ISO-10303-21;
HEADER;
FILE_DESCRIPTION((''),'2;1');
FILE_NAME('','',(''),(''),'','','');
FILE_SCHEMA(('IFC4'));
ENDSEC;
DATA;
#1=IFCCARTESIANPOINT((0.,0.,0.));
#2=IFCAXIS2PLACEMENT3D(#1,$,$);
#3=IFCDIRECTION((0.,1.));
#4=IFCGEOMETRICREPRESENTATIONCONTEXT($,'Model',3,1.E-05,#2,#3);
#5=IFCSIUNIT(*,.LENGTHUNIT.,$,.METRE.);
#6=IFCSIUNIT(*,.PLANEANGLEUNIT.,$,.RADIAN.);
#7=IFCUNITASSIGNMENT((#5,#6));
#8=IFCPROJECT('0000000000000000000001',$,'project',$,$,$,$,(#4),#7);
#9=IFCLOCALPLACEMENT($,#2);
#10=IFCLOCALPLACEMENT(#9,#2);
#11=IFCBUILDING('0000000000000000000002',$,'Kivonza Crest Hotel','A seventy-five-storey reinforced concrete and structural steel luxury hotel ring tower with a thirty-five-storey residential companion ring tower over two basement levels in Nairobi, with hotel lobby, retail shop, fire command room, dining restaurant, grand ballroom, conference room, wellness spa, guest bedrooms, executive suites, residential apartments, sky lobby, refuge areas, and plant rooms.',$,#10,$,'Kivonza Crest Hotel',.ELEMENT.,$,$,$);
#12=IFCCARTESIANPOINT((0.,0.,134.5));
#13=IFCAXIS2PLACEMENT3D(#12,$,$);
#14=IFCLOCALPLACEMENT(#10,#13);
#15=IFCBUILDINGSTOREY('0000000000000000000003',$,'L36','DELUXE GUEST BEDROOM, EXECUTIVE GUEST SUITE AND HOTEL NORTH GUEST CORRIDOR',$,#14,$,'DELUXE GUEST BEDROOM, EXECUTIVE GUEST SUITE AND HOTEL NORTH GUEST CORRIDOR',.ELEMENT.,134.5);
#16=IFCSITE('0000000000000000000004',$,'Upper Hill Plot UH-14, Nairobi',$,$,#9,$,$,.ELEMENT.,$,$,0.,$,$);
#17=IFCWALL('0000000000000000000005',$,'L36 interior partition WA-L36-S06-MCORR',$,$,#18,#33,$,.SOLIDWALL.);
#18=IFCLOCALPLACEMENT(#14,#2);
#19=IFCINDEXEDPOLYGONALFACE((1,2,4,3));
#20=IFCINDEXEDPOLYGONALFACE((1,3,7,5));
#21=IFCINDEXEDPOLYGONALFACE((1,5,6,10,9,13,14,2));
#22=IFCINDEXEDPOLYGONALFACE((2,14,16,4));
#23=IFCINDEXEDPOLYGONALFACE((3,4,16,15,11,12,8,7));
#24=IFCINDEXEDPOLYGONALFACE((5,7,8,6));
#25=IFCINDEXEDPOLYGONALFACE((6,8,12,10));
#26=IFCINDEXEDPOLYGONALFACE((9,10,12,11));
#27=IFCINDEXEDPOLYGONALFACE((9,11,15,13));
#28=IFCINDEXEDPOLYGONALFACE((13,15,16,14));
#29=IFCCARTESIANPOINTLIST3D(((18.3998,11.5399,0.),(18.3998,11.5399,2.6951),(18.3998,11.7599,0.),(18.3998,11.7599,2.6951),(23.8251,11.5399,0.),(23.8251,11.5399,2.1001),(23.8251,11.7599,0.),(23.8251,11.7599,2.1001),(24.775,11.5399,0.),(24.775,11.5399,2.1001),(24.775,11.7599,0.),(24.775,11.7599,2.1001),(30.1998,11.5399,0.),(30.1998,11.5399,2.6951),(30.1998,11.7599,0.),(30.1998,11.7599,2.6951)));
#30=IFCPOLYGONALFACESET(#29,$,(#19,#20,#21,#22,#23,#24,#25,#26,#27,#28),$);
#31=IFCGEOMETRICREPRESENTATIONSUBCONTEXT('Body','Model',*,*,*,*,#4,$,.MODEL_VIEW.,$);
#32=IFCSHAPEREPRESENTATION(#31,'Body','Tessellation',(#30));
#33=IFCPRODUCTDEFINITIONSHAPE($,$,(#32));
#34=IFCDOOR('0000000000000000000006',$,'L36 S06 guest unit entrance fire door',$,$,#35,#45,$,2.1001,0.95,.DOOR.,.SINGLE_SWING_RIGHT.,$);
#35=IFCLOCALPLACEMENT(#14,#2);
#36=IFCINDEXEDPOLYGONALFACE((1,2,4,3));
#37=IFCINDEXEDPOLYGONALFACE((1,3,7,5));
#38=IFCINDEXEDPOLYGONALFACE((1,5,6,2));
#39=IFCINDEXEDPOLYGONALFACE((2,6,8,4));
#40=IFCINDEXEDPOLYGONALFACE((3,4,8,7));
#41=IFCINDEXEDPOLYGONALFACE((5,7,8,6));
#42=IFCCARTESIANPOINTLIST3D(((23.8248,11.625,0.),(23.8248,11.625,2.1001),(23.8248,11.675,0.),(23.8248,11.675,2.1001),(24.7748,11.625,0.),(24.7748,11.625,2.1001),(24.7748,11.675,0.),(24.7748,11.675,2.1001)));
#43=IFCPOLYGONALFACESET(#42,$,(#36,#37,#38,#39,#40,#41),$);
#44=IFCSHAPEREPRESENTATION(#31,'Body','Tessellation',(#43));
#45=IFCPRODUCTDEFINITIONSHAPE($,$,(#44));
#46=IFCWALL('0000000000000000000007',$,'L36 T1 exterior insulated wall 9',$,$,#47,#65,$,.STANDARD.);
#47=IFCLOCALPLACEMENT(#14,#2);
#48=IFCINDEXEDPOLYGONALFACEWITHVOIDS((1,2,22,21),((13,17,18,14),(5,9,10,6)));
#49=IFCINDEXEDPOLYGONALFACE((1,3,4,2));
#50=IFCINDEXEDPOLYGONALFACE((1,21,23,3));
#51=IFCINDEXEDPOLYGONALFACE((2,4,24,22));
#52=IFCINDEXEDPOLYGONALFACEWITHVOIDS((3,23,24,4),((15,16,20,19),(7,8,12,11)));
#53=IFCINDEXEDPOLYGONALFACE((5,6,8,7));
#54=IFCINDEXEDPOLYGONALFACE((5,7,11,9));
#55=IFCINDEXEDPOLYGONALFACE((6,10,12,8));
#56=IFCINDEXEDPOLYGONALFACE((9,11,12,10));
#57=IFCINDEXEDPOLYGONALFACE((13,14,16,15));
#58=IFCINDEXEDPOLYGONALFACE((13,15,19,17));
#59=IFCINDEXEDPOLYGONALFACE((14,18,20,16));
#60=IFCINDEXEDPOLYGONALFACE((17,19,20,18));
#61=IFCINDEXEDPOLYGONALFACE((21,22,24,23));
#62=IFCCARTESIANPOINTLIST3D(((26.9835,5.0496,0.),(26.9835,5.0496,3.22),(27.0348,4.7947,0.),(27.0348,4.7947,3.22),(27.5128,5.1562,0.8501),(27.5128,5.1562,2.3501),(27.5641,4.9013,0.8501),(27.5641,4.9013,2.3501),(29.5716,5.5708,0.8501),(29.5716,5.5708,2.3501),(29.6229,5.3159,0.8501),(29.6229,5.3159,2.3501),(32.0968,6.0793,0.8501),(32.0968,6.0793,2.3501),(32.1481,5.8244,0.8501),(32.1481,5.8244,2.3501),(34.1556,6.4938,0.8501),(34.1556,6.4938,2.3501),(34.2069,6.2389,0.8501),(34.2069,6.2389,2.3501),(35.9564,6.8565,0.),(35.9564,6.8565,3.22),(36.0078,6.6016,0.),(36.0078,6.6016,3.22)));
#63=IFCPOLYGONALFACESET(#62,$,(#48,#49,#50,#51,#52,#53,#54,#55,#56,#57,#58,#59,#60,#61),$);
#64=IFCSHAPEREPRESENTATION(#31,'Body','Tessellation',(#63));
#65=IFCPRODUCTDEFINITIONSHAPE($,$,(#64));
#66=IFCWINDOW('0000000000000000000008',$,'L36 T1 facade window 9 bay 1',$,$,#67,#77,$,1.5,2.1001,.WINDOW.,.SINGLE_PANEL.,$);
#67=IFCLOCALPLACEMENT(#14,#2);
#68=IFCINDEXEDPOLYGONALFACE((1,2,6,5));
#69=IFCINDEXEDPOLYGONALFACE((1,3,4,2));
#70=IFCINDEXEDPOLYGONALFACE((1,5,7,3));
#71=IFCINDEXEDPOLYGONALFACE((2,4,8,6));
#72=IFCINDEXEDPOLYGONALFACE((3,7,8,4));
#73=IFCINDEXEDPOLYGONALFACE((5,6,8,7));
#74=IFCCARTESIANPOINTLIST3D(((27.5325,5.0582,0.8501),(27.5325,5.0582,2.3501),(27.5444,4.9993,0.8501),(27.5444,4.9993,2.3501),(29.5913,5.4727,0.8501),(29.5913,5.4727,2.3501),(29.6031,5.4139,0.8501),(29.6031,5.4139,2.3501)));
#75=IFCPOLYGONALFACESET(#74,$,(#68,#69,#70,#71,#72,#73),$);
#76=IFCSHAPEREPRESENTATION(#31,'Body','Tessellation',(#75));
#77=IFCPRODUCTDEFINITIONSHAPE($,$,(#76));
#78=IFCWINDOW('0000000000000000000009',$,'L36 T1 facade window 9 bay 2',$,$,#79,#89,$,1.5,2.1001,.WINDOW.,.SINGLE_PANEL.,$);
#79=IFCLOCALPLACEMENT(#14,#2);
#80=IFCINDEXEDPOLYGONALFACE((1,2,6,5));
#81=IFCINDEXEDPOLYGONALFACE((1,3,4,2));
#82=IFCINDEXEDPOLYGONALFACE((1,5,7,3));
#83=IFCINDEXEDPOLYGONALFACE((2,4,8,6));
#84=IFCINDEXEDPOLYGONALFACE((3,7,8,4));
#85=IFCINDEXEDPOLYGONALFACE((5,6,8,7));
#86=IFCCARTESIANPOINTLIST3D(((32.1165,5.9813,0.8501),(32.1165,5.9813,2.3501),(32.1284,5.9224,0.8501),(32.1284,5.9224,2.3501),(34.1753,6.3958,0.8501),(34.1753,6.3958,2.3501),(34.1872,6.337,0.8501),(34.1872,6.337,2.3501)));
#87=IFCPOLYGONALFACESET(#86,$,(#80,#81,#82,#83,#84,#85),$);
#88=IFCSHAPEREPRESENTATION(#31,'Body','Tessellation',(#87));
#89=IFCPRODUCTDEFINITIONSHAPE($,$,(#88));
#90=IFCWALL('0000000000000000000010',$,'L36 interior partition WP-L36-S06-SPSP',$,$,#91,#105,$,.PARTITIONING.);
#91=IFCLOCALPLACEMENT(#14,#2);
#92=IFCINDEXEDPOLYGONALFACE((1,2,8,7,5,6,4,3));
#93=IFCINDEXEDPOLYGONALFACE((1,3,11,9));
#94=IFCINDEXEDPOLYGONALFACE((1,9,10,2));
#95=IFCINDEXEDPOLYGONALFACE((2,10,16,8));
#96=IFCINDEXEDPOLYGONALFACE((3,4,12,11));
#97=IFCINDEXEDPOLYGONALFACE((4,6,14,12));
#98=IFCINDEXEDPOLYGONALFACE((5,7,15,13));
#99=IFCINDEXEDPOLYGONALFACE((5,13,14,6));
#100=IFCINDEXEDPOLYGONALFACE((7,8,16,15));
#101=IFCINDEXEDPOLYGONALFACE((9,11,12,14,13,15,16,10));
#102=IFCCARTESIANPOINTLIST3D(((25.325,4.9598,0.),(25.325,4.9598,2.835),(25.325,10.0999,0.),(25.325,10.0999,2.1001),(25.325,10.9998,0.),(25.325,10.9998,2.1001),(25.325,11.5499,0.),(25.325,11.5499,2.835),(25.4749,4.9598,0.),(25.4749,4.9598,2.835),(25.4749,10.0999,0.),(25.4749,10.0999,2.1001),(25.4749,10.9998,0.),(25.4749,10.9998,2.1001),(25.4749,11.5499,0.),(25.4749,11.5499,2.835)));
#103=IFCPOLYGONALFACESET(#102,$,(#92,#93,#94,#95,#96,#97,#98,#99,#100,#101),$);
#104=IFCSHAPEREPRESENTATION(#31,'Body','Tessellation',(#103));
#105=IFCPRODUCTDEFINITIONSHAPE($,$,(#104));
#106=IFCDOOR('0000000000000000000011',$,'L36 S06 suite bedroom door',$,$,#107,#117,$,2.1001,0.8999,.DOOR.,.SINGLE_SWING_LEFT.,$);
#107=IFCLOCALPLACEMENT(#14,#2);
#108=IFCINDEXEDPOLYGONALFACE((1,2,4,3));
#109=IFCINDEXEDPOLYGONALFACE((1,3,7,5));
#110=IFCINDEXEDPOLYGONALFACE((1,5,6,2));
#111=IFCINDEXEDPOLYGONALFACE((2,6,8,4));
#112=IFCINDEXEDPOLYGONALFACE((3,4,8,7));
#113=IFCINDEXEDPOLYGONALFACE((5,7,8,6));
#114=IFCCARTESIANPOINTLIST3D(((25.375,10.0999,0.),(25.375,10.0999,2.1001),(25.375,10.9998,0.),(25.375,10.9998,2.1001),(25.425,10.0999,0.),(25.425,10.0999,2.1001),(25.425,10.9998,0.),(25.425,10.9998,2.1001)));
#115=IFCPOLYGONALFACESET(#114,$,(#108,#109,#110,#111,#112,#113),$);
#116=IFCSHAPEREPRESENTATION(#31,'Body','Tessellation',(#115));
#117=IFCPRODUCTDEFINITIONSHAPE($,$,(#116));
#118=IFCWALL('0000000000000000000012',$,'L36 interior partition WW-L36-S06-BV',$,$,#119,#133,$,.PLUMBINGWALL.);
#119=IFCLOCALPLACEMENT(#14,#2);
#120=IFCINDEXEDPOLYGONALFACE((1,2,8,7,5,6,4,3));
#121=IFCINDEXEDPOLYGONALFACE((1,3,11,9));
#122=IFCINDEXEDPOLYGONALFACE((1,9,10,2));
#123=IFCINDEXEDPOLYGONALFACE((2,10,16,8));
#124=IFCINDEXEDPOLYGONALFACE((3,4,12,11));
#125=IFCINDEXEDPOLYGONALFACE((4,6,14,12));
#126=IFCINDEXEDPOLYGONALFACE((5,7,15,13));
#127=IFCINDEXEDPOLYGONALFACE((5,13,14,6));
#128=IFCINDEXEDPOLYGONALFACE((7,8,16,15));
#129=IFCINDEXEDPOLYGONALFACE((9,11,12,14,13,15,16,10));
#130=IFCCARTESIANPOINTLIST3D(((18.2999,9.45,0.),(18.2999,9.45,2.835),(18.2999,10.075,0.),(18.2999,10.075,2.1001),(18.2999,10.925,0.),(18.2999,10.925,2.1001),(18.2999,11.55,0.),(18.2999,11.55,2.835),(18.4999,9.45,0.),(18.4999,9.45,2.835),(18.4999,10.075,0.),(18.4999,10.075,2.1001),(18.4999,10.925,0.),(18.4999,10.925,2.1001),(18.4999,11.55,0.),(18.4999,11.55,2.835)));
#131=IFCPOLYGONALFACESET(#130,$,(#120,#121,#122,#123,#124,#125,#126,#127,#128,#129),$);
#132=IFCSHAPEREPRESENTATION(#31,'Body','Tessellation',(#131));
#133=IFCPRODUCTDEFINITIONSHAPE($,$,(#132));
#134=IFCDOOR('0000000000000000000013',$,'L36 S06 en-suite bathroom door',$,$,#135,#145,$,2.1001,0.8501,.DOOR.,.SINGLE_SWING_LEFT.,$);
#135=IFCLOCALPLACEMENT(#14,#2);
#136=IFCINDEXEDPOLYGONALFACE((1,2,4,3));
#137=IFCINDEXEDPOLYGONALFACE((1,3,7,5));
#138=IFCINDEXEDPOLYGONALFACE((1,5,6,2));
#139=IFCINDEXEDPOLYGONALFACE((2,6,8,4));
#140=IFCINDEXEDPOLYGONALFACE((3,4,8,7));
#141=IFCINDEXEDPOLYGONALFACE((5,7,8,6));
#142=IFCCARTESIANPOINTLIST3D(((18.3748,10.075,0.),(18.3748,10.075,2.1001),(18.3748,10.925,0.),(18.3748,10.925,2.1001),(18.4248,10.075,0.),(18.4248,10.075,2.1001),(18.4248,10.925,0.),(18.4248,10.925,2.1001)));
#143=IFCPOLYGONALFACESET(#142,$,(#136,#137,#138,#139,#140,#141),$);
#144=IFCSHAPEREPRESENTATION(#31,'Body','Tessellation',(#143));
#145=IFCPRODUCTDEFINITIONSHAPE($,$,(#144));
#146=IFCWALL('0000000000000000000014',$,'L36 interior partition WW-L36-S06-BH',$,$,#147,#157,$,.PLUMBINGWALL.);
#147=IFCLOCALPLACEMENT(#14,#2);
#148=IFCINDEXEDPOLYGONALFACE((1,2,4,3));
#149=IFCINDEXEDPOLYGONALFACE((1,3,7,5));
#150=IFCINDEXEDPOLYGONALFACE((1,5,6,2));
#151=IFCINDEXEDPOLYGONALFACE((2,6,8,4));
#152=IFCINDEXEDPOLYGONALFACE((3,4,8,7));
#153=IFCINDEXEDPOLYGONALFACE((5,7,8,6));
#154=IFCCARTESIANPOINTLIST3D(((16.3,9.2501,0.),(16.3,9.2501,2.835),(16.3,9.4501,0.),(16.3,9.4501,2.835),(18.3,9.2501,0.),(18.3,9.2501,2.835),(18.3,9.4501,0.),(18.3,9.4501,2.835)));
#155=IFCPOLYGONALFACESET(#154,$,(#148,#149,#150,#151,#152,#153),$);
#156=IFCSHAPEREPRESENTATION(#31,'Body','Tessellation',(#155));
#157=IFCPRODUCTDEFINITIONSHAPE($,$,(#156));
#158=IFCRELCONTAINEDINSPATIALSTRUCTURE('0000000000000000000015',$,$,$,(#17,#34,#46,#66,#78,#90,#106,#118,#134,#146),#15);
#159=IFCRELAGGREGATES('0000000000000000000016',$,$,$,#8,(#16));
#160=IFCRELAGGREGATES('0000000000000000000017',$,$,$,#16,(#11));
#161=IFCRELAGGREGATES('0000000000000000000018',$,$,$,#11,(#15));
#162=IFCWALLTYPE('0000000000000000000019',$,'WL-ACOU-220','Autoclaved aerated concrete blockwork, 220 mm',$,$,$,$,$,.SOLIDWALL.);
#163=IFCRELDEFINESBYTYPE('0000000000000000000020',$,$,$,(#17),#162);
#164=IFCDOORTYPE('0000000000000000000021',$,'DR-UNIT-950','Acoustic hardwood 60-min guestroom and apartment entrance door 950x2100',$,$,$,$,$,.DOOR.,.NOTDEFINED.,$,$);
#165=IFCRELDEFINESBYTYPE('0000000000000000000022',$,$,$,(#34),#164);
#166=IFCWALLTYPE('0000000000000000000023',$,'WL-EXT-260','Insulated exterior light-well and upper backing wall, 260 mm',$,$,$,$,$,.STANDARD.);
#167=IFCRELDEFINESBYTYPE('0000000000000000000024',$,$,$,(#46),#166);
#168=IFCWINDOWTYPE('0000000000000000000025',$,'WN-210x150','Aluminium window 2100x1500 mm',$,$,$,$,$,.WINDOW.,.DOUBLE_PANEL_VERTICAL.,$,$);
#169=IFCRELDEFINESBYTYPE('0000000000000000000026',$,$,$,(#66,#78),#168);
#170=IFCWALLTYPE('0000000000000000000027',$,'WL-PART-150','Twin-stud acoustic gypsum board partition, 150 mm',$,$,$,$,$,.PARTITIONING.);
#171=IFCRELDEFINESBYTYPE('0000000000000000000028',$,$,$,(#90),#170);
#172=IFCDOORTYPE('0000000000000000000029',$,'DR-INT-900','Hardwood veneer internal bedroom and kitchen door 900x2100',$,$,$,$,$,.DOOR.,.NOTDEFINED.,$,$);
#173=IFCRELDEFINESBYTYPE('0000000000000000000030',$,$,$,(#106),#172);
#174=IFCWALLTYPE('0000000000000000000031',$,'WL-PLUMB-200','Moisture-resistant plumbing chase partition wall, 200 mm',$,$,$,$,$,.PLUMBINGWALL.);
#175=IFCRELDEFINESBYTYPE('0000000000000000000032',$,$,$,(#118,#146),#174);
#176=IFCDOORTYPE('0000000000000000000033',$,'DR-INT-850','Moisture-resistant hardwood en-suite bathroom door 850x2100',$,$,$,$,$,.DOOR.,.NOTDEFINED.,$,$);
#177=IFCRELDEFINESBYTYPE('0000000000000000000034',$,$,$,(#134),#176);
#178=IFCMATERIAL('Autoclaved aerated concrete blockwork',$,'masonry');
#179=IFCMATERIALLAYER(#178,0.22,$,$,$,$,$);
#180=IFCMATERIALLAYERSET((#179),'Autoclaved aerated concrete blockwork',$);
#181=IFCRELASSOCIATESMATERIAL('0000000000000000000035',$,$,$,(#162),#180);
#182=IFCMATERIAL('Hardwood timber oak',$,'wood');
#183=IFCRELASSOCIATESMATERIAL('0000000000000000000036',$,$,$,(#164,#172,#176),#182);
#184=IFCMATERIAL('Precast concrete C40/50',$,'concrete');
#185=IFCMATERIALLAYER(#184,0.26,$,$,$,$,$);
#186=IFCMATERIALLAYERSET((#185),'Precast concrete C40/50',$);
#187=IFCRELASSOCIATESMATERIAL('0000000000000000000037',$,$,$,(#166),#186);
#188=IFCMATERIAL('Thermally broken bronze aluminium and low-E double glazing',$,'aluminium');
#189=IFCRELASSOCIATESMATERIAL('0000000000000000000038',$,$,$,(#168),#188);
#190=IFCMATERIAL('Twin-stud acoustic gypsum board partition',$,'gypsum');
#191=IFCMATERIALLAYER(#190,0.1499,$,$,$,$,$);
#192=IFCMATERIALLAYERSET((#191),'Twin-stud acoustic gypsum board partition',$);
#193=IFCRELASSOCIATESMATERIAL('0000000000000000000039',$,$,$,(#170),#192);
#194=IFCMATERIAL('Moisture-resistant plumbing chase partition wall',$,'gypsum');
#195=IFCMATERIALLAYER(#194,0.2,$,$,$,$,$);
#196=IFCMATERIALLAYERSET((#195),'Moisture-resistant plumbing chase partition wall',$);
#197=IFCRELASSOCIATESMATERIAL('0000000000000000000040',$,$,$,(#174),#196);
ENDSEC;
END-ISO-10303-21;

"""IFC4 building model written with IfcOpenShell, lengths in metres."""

from ifc_helpers import new_model, si_unit, direction, frame, frame_2d, origin, place, context, subcontext, project, spatial, rectangle, extrude, material, layer, layer_set, type_object, element, fill, save


model = new_model("IFC4")

# Units and contexts
model_context = context("Model", 3, precision=1e-05, world=origin(), true_north=direction((0.0, 1.0)))
body_context = subcontext(model_context, "Body", "Model", "MODEL_VIEW")
ifc_project = project(units=[si_unit("LENGTHUNIT", "METRE"), si_unit("PLANEANGLEUNIT", "RADIAN")], contexts=[model_context])

# Site, building, storey
site_placement = place(None, origin())
site = spatial("IfcSite", under=ifc_project, at=site_placement, Name="Upper Hill Plot UH-14, Nairobi", CompositionType="ELEMENT", RefElevation=0.0)
building_placement = place(site_placement, origin())
building = spatial("IfcBuilding", under=site, at=building_placement, Name="Kivonza Crest Hotel", Description="A seventy-five-storey reinforced concrete and structural steel luxury hotel ring tower with a thirty-five-storey residential companion ring tower over two basement levels in Nairobi, with hotel lobby, retail shop, fire command room, dining restaurant, grand ballroom, conference room, wellness spa, guest bedrooms, executive suites, residential apartments, sky lobby, refuge areas, and plant rooms.", LongName="Kivonza Crest Hotel", CompositionType="ELEMENT")
storey_placement = place(building_placement, frame((0.0, 0.0, 134.5)))
storey = spatial("IfcBuildingStorey", under=building, at=storey_placement, Name="L36", Description="DELUXE GUEST BEDROOM, EXECUTIVE GUEST SUITE AND HOTEL NORTH GUEST CORRIDOR", LongName="DELUXE GUEST BEDROOM, EXECUTIVE GUEST SUITE AND HOTEL NORTH GUEST CORRIDOR", CompositionType="ELEMENT", Elevation=134.5)

# Shared definitions
ifc_material_1 = material(Name="Autoclaved aerated concrete blockwork", Category="masonry")
ifc_layer_1 = layer(ifc_material_1, 0.22)
ifc_layer_set_1 = layer_set([ifc_layer_1], Name="Autoclaved aerated concrete blockwork")
wall_type_1 = type_object("IfcWallType", Name="WL-ACOU-220", Description="Autoclaved aerated concrete blockwork, 220 mm", PredefinedType="SOLIDWALL", material=ifc_layer_set_1)

# Wall, opening, door
wall_1_placement = place(storey_placement, frame((18.3999, 11.6499, 0.0), z_axis=(0.0, 0.0, 1.0), x_axis=(1.0, 0.0, 0.0)))
wall_1 = element("IfcWall", 1, at=wall_1_placement, inside=storey, type_object=wall_type_1, Name="L36 interior partition WA-L36-S06-MCORR", PredefinedType="SOLIDWALL", context=body_context, shape_type="SweptSolid", body=[
    extrude(rectangle(XDim=11.8, YDim=0.22, at=frame_2d((5.8999, 0.0))), origin(), (0.0, 0.0, 1.0), 2.6951),
])
opening_1_placement = place(wall_1_placement, frame((5.425, 0.0, 0.0)))
opening_1 = element("IfcOpeningElement", 2, at=opening_1_placement, cuts=wall_1, PredefinedType="OPENING", context=body_context, shape_type="SweptSolid", body=[
    extrude(rectangle(XDim=0.95, YDim=2.1001, at=frame_2d((0.4751, 1.05))), frame((0.0, 0.1201, 0.0), z_axis=(0.0, -1.0, 0.0), x_axis=(1.0, 0.0, 0.0)), (0.0, 0.0, 1.0), 0.24),
])
ifc_material_2 = material(Name="Hardwood timber oak", Category="wood")
door_type_1 = type_object("IfcDoorType", Name="DR-UNIT-950", Description="Acoustic hardwood 60-min guestroom and apartment entrance door 950x2100", OperationType="NOTDEFINED", PredefinedType="DOOR", material=ifc_material_2)
door_1_placement = place(opening_1_placement, frame((0.95, 0.0, 0.0), z_axis=(0.0, 0.0, 1.0), x_axis=(-1.0, 0.0, 0.0)))
door_1 = element("IfcDoor", 3, at=door_1_placement, inside=storey, type_object=door_type_1, Name="L36 S06 guest unit entrance fire door", OperationType="SINGLE_SWING_RIGHT", OverallHeight=2.1001, OverallWidth=0.95, PredefinedType="DOOR", context=body_context, shape_type="SweptSolid", body=[
    extrude(rectangle(XDim=0.95, YDim=2.1001, at=frame_2d((0.4751, 1.05))), frame((0.0, 0.0249, 0.0), z_axis=(0.0, -1.0, 0.0), x_axis=(1.0, 0.0, 0.0)), (0.0, 0.0, 1.0), 0.05),
])
fill(opening_1, door_1)

# Wall, openings, windows
ifc_material_3 = material(Name="Precast concrete C40/50", Category="concrete")
ifc_layer_2 = layer(ifc_material_3, 0.26)
ifc_layer_set_2 = layer_set([ifc_layer_2], Name="Precast concrete C40/50")
wall_type_2 = type_object("IfcWallType", Name="WL-EXT-260", Description="Insulated exterior light-well and upper backing wall, 260 mm", PredefinedType="STANDARD", material=ifc_layer_set_2)
wall_2_placement = place(storey_placement, frame((27.009, 4.9221, 0.0), z_axis=(0.0, 0.0, 1.0), x_axis=(0.980321, 0.197409, 0.0)))
wall_2 = element("IfcWall", 4, at=wall_2_placement, inside=storey, type_object=wall_type_2, Name="L36 T1 exterior insulated wall 9", PredefinedType="STANDARD", context=body_context, shape_type="SweptSolid", body=[
    extrude(rectangle(XDim=9.1531, YDim=0.26, at=frame_2d((4.5767, 0.0))), origin(), (0.0, 0.0, 1.0), 3.22),
])
opening_2_placement = place(wall_2_placement, frame((0.54, 0.0, 0.8501)))
opening_2 = element("IfcOpeningElement", 5, at=opening_2_placement, cuts=wall_2, PredefinedType="OPENING", context=body_context, shape_type="SweptSolid", body=[
    extrude(rectangle(XDim=2.1001, YDim=1.5, at=frame_2d((1.05, 0.75))), frame((0.0, 0.1401, 0.0), z_axis=(0.0, -1.0, 0.0), x_axis=(1.0, 0.0, 0.0)), (0.0, 0.0, 1.0), 0.28),
])
opening_3_placement = place(wall_2_placement, frame((5.2161, 0.0, 0.8501)))
opening_3 = element("IfcOpeningElement", 6, at=opening_3_placement, cuts=wall_2, PredefinedType="OPENING", context=body_context, shape_type="SweptSolid", body=[
    extrude(rectangle(XDim=2.1001, YDim=1.5, at=frame_2d((1.05, 0.75))), frame((0.0, 0.1401, 0.0), z_axis=(0.0, -1.0, 0.0), x_axis=(1.0, 0.0, 0.0)), (0.0, 0.0, 1.0), 0.28),
])
ifc_material_4 = material(Name="Thermally broken bronze aluminium and low-E double glazing", Category="aluminium")
window_type = type_object("IfcWindowType", Name="WN-210x150", Description="Aluminium window 2100x1500 mm", PartitioningType="DOUBLE_PANEL_VERTICAL", PredefinedType="WINDOW", material=ifc_material_4)
window_1_placement = place(opening_2_placement, origin())
window_1 = element("IfcWindow", 7, at=window_1_placement, inside=storey, type_object=window_type, Name="L36 T1 facade window 9 bay 1", OverallHeight=1.5, OverallWidth=2.1001, PartitioningType="SINGLE_PANEL", PredefinedType="WINDOW", context=body_context, shape_type="SweptSolid", body=[
    extrude(rectangle(XDim=2.1001, YDim=1.5, at=frame_2d((1.05, 0.75))), frame((0.0, 0.03, 0.0), z_axis=(0.0, -1.0, 0.0), x_axis=(1.0, 0.0, 0.0)), (0.0, 0.0, 1.0), 0.0601),
])
fill(opening_2, window_1)
window_2_placement = place(opening_3_placement, origin())
window_2 = element("IfcWindow", 8, at=window_2_placement, inside=storey, type_object=window_type, Name="L36 T1 facade window 9 bay 2", OverallHeight=1.5, OverallWidth=2.1001, PartitioningType="SINGLE_PANEL", PredefinedType="WINDOW", context=body_context, shape_type="SweptSolid", body=[
    extrude(rectangle(XDim=2.1001, YDim=1.5, at=frame_2d((1.05, 0.75))), frame((0.0, 0.03, 0.0), z_axis=(0.0, -1.0, 0.0), x_axis=(1.0, 0.0, 0.0)), (0.0, 0.0, 1.0), 0.0601),
])
fill(opening_3, window_2)

# Walls, openings, doors
ifc_material_5 = material(Name="Twin-stud acoustic gypsum board partition", Category="gypsum")
ifc_layer_3 = layer(ifc_material_5, 0.1499)
ifc_layer_set_3 = layer_set([ifc_layer_3], Name="Twin-stud acoustic gypsum board partition")
wall_type_3 = type_object("IfcWallType", Name="WL-PART-150", Description="Twin-stud acoustic gypsum board partition, 150 mm", PredefinedType="PARTITIONING", material=ifc_layer_set_3)
wall_3_placement = place(storey_placement, frame((25.3999, 4.96, 0.0), z_axis=(0.0, 0.0, 1.0), x_axis=(0.0, 1.0, 0.0)))
wall_3 = element("IfcWall", 9, at=wall_3_placement, inside=storey, type_object=wall_type_3, Name="L36 interior partition WP-L36-S06-SPSP", PredefinedType="PARTITIONING", context=body_context, shape_type="SweptSolid", body=[
    extrude(rectangle(XDim=6.5901, YDim=0.1499, at=frame_2d((3.2949, 0.0))), origin(), (0.0, 0.0, 1.0), 2.835),
])
opening_4_placement = place(wall_3_placement, frame((5.1399, 0.0, 0.0)))
opening_4 = element("IfcOpeningElement", 10, at=opening_4_placement, cuts=wall_3, PredefinedType="OPENING", context=body_context, shape_type="SweptSolid", body=[
    extrude(rectangle(XDim=0.8999, YDim=2.1001, at=frame_2d((0.45, 1.05))), frame((0.0, 0.085, 0.0), z_axis=(0.0, -1.0, 0.0), x_axis=(1.0, 0.0, 0.0)), (0.0, 0.0, 1.0), 0.1699),
])
door_type_2 = type_object("IfcDoorType", Name="DR-INT-900", Description="Hardwood veneer internal bedroom and kitchen door 900x2100", OperationType="NOTDEFINED", PredefinedType="DOOR", material=ifc_material_2)
door_2_placement = place(opening_4_placement, origin())
door_2 = element("IfcDoor", 11, at=door_2_placement, inside=storey, type_object=door_type_2, Name="L36 S06 suite bedroom door", OperationType="SINGLE_SWING_LEFT", OverallHeight=2.1001, OverallWidth=0.8999, PredefinedType="DOOR", context=body_context, shape_type="SweptSolid", body=[
    extrude(rectangle(XDim=0.8999, YDim=2.1001, at=frame_2d((0.45, 1.05))), frame((0.0, 0.0249, 0.0), z_axis=(0.0, -1.0, 0.0), x_axis=(1.0, 0.0, 0.0)), (0.0, 0.0, 1.0), 0.05),
])
fill(opening_4, door_2)
ifc_material_6 = material(Name="Moisture-resistant plumbing chase partition wall", Category="gypsum")
ifc_layer_4 = layer(ifc_material_6, 0.2)
ifc_layer_set_4 = layer_set([ifc_layer_4], Name="Moisture-resistant plumbing chase partition wall")
wall_type_4 = type_object("IfcWallType", Name="WL-PLUMB-200", Description="Moisture-resistant plumbing chase partition wall, 200 mm", PredefinedType="PLUMBINGWALL", material=ifc_layer_set_4)
wall_4_placement = place(storey_placement, frame((18.3999, 9.45, 0.0), z_axis=(0.0, 0.0, 1.0), x_axis=(0.0, 1.0, 0.0)))
wall_4 = element("IfcWall", 12, at=wall_4_placement, inside=storey, type_object=wall_type_4, Name="L36 interior partition WW-L36-S06-BV", PredefinedType="PLUMBINGWALL", context=body_context, shape_type="SweptSolid", body=[
    extrude(rectangle(XDim=2.1001, YDim=0.2, at=frame_2d((1.05, 0.0))), origin(), (0.0, 0.0, 1.0), 2.835),
])
opening_5_placement = place(wall_4_placement, frame((0.625, 0.0, 0.0)))
opening_5 = element("IfcOpeningElement", 13, at=opening_5_placement, cuts=wall_4, PredefinedType="OPENING", context=body_context, shape_type="SweptSolid", body=[
    extrude(rectangle(XDim=0.8501, YDim=2.1001, at=frame_2d((0.425, 1.05))), frame((0.0, 0.1099, 0.0), z_axis=(0.0, -1.0, 0.0), x_axis=(1.0, 0.0, 0.0)), (0.0, 0.0, 1.0), 0.22),
])
door_type_3 = type_object("IfcDoorType", Name="DR-INT-850", Description="Moisture-resistant hardwood en-suite bathroom door 850x2100", OperationType="NOTDEFINED", PredefinedType="DOOR", material=ifc_material_2)
door_3_placement = place(opening_5_placement, frame((0.8501, 0.0, 0.0), z_axis=(0.0, 0.0, 1.0), x_axis=(-1.0, 0.0, 0.0)))
door_3 = element("IfcDoor", 14, at=door_3_placement, inside=storey, type_object=door_type_3, Name="L36 S06 en-suite bathroom door", OperationType="SINGLE_SWING_LEFT", OverallHeight=2.1001, OverallWidth=0.8501, PredefinedType="DOOR", context=body_context, shape_type="SweptSolid", body=[
    extrude(rectangle(XDim=0.8501, YDim=2.1001, at=frame_2d((0.425, 1.05))), frame((0.0, 0.0249, 0.0), z_axis=(0.0, -1.0, 0.0), x_axis=(1.0, 0.0, 0.0)), (0.0, 0.0, 1.0), 0.05),
])
fill(opening_5, door_3)

# Wall
wall_5_placement = place(storey_placement, frame((16.3, 9.3501, 0.0), z_axis=(0.0, 0.0, 1.0), x_axis=(1.0, 0.0, 0.0)))
element("IfcWall", 15, at=wall_5_placement, inside=storey, type_object=wall_type_4, Name="L36 interior partition WW-L36-S06-BH", PredefinedType="PLUMBINGWALL", context=body_context, shape_type="SweptSolid", body=[
    extrude(rectangle(XDim=2.0, YDim=0.2, at=frame_2d((1.0, 0.0))), origin(), (0.0, 0.0, 1.0), 2.835),
])

save(model, "model.ifc")
